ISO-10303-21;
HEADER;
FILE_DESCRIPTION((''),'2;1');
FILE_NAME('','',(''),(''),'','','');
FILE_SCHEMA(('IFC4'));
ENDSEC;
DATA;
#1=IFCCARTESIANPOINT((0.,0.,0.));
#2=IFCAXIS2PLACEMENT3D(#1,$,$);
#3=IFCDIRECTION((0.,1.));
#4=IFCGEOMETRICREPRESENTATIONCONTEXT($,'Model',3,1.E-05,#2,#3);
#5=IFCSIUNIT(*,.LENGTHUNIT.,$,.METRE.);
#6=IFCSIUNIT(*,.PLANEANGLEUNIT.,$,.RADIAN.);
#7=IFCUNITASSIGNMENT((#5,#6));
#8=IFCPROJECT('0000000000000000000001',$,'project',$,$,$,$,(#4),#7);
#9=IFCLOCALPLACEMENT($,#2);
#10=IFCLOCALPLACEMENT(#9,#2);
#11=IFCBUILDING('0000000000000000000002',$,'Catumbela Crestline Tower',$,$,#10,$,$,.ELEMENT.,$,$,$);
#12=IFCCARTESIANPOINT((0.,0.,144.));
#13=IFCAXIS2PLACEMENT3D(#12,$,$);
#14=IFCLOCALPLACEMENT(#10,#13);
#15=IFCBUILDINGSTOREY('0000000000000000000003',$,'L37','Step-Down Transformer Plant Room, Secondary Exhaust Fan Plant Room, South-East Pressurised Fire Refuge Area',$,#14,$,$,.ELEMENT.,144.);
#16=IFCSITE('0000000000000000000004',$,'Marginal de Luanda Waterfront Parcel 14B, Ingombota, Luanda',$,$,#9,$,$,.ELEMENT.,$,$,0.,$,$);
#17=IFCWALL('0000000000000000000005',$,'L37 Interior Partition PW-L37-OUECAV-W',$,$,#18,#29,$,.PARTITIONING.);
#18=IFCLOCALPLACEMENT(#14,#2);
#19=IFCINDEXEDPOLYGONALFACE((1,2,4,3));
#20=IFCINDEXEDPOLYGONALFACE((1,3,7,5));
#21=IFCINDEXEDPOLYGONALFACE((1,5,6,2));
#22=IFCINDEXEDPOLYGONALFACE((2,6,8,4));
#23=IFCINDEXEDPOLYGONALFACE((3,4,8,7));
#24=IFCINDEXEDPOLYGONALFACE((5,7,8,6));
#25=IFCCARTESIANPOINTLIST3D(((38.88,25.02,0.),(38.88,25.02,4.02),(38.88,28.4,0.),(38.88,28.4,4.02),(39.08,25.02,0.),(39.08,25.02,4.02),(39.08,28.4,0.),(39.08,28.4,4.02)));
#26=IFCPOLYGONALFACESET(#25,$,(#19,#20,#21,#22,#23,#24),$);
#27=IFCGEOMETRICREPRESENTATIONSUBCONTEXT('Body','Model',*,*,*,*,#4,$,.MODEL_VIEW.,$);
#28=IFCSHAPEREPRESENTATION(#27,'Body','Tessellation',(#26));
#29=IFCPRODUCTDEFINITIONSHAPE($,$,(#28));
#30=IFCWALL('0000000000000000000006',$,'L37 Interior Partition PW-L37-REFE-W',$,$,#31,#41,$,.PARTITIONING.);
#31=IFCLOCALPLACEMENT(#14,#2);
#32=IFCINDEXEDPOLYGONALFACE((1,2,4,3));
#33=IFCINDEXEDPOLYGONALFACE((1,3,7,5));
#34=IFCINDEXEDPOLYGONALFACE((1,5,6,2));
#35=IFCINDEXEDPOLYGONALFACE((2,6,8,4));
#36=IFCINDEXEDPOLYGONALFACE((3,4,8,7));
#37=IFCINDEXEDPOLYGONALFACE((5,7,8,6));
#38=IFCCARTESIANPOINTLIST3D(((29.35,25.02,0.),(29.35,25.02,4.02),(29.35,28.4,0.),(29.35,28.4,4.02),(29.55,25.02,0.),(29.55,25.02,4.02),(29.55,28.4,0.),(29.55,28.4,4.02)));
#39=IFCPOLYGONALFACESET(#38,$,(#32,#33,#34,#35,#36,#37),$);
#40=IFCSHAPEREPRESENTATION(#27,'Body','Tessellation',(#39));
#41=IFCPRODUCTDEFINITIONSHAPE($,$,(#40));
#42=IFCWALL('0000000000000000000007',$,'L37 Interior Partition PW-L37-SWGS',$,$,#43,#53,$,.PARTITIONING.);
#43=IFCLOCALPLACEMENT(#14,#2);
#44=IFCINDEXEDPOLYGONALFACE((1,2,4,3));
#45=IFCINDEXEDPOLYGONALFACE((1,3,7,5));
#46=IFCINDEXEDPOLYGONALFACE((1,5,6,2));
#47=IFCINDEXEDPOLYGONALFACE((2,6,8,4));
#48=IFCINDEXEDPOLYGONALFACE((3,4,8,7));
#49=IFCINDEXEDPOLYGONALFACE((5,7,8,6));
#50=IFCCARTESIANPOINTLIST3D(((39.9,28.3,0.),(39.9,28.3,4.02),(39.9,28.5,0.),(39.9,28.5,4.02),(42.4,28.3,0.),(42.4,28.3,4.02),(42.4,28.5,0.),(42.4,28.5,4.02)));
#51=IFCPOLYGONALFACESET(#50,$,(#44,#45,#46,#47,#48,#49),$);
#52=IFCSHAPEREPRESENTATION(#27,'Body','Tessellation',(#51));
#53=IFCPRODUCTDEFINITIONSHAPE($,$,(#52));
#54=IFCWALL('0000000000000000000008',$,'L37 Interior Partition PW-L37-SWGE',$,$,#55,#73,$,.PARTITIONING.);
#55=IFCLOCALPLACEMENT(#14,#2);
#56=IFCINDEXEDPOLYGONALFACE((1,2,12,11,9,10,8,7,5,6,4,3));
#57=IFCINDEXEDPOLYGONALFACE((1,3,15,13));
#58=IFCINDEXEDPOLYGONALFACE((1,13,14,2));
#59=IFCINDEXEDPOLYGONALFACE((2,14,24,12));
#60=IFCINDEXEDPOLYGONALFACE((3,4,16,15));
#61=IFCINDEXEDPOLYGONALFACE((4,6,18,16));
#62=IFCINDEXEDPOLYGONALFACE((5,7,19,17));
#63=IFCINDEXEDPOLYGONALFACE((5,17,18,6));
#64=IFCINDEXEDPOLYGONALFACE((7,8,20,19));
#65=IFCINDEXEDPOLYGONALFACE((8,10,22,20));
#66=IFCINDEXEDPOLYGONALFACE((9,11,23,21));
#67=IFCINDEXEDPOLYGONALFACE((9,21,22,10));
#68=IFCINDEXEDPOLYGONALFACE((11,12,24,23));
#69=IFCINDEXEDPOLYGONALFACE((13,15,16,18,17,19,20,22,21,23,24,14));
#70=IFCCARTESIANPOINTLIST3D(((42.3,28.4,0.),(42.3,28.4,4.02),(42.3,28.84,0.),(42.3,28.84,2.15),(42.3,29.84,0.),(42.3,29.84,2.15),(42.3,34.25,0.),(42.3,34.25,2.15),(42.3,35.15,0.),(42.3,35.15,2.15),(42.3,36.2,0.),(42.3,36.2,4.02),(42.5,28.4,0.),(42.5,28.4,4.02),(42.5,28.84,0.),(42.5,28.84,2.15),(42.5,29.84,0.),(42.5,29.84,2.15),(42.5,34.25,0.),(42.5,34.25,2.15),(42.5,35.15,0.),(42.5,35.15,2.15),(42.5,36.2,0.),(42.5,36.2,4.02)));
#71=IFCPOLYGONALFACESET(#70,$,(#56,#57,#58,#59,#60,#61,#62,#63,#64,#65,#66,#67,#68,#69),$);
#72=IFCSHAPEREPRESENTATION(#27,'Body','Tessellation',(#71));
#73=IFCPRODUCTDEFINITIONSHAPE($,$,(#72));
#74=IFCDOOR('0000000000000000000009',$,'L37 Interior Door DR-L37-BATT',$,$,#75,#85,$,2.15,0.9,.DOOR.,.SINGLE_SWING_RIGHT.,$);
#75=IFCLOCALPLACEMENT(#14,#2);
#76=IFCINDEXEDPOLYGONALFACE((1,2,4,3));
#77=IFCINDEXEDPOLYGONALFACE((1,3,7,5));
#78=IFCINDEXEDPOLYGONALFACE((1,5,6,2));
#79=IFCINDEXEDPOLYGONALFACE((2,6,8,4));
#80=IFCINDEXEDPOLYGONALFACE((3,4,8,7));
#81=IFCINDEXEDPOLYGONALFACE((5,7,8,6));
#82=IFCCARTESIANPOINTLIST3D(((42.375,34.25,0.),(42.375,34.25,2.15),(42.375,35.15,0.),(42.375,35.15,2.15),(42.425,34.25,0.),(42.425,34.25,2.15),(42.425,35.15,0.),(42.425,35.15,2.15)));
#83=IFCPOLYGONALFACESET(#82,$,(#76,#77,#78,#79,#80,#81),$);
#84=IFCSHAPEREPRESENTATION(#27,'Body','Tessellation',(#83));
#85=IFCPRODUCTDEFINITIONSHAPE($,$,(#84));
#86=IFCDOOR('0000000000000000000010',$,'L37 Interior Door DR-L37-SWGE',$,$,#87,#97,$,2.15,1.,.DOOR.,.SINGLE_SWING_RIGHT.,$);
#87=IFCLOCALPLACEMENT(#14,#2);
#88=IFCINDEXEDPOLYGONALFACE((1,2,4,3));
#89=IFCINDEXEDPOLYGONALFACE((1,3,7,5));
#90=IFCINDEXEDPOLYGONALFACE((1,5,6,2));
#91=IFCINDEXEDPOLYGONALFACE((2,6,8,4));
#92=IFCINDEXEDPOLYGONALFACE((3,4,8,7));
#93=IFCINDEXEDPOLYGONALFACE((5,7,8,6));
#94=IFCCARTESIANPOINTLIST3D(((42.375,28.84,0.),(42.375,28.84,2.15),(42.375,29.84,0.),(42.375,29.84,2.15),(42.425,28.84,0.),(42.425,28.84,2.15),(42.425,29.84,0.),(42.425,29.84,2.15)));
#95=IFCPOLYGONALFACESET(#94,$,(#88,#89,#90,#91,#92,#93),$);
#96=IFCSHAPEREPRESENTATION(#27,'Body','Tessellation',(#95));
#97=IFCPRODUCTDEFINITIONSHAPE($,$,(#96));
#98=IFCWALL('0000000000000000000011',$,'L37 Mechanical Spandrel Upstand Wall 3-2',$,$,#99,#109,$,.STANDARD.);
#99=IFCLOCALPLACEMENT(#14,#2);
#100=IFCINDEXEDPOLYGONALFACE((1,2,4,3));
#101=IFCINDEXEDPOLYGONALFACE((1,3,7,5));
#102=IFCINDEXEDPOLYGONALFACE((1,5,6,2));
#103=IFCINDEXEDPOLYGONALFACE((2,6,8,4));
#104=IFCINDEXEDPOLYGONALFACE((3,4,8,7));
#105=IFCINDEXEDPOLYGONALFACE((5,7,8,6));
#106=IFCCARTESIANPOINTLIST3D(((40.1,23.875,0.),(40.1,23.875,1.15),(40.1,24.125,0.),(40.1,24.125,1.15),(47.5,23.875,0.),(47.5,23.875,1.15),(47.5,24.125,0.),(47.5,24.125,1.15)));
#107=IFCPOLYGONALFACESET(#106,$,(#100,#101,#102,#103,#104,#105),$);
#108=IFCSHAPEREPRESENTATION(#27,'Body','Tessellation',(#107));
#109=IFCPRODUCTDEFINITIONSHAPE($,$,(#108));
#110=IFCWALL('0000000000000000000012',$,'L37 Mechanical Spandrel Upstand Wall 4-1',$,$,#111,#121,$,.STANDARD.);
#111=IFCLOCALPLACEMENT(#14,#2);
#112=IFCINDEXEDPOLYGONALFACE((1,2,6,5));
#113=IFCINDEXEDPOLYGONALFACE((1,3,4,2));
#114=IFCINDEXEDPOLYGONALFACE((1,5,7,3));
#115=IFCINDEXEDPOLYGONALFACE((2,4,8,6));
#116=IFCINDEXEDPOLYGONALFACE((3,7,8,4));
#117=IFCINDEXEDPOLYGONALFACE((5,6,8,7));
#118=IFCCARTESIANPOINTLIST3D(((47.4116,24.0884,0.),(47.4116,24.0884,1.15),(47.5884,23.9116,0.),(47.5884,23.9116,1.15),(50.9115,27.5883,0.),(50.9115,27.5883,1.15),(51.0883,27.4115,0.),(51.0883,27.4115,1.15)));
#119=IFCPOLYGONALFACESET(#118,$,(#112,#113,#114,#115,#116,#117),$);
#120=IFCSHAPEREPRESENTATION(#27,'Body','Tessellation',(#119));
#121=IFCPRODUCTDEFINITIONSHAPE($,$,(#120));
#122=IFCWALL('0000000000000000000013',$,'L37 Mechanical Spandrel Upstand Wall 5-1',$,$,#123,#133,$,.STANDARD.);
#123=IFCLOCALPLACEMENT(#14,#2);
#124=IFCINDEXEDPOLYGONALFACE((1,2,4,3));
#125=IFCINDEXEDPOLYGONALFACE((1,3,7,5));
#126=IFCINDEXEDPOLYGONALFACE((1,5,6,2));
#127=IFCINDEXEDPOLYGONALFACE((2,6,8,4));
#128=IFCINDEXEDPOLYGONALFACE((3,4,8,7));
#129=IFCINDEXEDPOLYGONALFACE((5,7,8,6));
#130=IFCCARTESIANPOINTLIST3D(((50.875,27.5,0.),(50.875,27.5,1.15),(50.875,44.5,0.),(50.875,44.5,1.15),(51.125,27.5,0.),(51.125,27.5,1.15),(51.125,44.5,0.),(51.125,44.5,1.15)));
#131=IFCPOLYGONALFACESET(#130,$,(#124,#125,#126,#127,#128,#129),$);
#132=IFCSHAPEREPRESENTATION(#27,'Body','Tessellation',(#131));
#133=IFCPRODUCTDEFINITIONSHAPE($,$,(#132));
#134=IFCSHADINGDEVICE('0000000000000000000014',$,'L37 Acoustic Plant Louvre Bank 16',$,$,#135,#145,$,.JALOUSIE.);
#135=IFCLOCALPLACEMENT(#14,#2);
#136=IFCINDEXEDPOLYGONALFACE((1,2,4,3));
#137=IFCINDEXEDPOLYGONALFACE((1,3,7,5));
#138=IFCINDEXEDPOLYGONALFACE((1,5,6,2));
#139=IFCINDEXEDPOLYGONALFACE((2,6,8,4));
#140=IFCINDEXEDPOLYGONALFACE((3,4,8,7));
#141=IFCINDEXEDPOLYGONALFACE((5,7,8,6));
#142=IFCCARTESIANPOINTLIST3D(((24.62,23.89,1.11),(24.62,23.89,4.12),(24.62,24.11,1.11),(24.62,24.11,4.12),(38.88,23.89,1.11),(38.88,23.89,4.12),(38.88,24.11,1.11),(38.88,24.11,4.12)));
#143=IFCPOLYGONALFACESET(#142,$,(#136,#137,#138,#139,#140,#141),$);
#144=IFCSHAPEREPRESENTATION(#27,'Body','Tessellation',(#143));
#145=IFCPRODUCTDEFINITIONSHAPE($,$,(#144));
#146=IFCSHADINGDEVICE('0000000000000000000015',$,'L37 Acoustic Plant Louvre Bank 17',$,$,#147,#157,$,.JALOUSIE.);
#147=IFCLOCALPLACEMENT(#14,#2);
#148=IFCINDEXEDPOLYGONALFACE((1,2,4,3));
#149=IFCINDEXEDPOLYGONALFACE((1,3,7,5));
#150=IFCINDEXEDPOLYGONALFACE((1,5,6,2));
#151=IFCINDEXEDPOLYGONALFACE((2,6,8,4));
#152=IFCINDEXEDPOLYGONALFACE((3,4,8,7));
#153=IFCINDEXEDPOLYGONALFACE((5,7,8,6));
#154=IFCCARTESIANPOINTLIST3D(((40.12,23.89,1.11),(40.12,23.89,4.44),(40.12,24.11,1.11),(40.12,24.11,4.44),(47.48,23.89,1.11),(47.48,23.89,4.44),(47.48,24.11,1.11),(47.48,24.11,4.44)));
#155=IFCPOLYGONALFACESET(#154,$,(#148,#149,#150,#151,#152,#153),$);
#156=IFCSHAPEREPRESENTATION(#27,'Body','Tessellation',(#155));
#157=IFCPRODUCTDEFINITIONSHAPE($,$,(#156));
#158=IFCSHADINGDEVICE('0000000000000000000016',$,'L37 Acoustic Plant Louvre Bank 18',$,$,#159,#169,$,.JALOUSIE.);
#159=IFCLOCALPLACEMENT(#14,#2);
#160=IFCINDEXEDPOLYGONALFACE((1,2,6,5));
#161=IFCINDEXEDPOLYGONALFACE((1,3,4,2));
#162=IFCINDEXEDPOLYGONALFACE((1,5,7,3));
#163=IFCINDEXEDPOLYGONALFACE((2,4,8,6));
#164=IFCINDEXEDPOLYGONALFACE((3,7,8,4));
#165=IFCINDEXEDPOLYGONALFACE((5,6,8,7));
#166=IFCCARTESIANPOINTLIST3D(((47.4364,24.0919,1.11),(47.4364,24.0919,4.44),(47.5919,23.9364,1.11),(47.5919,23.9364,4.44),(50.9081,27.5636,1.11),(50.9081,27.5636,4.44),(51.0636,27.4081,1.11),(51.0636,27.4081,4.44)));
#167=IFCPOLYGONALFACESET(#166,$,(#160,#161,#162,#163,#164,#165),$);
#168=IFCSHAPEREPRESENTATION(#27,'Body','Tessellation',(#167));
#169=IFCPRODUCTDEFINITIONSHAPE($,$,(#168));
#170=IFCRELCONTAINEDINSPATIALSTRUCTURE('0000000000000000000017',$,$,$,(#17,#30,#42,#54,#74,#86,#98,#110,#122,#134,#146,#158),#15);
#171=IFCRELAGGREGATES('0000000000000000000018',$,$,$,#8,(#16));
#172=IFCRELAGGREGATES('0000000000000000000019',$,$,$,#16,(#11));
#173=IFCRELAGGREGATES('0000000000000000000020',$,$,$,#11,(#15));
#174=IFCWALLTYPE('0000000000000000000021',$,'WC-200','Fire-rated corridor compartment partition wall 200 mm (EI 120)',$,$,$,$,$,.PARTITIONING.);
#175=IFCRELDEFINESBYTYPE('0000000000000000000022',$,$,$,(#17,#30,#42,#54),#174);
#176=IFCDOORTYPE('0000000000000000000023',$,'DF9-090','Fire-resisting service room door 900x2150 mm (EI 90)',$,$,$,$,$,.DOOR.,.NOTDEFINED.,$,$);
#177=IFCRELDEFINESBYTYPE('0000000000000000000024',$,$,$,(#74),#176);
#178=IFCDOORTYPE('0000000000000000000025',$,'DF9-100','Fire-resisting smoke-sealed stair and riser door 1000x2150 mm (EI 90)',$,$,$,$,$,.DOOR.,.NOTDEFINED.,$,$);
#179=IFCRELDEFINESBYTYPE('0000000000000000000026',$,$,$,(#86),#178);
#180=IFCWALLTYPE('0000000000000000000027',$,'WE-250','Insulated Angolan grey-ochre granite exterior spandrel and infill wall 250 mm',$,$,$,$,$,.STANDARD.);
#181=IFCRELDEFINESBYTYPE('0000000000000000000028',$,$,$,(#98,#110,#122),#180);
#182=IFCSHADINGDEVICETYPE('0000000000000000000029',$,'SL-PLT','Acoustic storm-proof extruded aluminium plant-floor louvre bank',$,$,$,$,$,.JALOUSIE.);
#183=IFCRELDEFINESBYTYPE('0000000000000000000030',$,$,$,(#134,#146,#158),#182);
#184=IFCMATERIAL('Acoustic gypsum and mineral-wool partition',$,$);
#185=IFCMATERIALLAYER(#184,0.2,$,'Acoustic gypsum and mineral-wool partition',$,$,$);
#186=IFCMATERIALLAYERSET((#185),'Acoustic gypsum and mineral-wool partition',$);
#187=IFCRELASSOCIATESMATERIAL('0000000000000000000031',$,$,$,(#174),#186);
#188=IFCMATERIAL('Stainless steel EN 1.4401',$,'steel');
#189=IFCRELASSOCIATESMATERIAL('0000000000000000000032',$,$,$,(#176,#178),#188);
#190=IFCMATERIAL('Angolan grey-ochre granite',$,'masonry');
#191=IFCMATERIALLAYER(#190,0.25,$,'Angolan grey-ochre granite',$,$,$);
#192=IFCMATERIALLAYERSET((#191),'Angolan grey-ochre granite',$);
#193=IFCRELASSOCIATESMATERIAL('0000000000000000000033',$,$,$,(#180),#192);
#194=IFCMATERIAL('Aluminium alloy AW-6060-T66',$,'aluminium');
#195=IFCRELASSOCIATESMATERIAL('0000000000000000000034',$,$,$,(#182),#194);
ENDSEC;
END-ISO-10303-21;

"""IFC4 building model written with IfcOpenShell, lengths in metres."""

from ifc_helpers import new_model, si_unit, direction, frame, frame_2d, origin, origin_2d, place, context, subcontext, project, spatial, rectangle, extrude, material, layer, layer_set, type_object, element, fill, save


model = new_model("IFC4")

# Units and contexts
model_context = context("Model", 3, precision=1e-05, world=origin(), true_north=direction((0.0, 1.0)))
body_context = subcontext(model_context, "Body", "Model", "MODEL_VIEW")
ifc_project = project(units=[si_unit("LENGTHUNIT", "METRE"), si_unit("PLANEANGLEUNIT", "RADIAN")], contexts=[model_context])

# Site, building, storey
site_placement = place(None, origin())
site = spatial("IfcSite", under=ifc_project, at=site_placement, Name="Marginal de Luanda Waterfront Parcel 14B, Ingombota, Luanda", CompositionType="ELEMENT", RefElevation=0.0)
building_placement = place(site_placement, origin())
building = spatial("IfcBuilding", under=site, at=building_placement, Name="Catumbela Crestline Tower", CompositionType="ELEMENT")
storey_placement = place(building_placement, frame((0.0, 0.0, 144.0)))
storey = spatial("IfcBuildingStorey", under=building, at=storey_placement, Name="L37", Description="Step-Down Transformer Plant Room, Secondary Exhaust Fan Plant Room, South-East Pressurised Fire Refuge Area", CompositionType="ELEMENT", Elevation=144.0)

# Walls
ifc_material_1 = material(Name="Acoustic gypsum and mineral-wool partition")
ifc_layer_1 = layer(ifc_material_1, 0.2, Name="Acoustic gypsum and mineral-wool partition")
ifc_layer_set_1 = layer_set([ifc_layer_1], Name="Acoustic gypsum and mineral-wool partition")
wall_type_1 = type_object("IfcWallType", Name="WC-200", Description="Fire-rated corridor compartment partition wall 200 mm (EI 120)", PredefinedType="PARTITIONING", material=ifc_layer_set_1)
for number, where, z_axis, x_axis, name in (
    (1, (38.98, 25.02, 0.0), (0.0, 0.0, 1.0), (0.0, 1.0, 0.0), "L37 Interior Partition PW-L37-OUECAV-W"),
    (2, (29.45, 25.02, 0.0), (0.0, 0.0, 1.0), (0.0, 1.0, 0.0), "L37 Interior Partition PW-L37-REFE-W"),
):
    element("IfcWall", number, at=place(storey_placement, frame(where, z_axis=z_axis, x_axis=x_axis)), inside=storey, type_object=wall_type_1, Name=name, PredefinedType="PARTITIONING", context=body_context, shape_type="SweptSolid", body=[
        extrude(rectangle(XDim=3.38, YDim=0.2, at=frame_2d((1.69, 0.0))), origin(), (0.0, 0.0, 1.0), 4.02),
    ])
wall_1_placement = place(storey_placement, frame((39.9, 28.4, 0.0), z_axis=(0.0, 0.0, 1.0), x_axis=(1.0, 0.0, 0.0)))
element("IfcWall", 3, at=wall_1_placement, inside=storey, type_object=wall_type_1, Name="L37 Interior Partition PW-L37-SWGS", PredefinedType="PARTITIONING", context=body_context, shape_type="SweptSolid", body=[
    extrude(rectangle(XDim=2.5, YDim=0.2, at=frame_2d((1.25, 0.0))), origin(), (0.0, 0.0, 1.0), 4.02),
])

# Wall, openings, doors
wall_2_placement = place(storey_placement, frame((42.4, 28.4, 0.0), z_axis=(0.0, 0.0, 1.0), x_axis=(0.0, 1.0, 0.0)))
wall_2 = element("IfcWall", 4, at=wall_2_placement, inside=storey, type_object=wall_type_1, Name="L37 Interior Partition PW-L37-SWGE", PredefinedType="PARTITIONING", context=body_context, shape_type="SweptSolid", body=[
    extrude(rectangle(XDim=7.8, YDim=0.2, at=frame_2d((3.9, 0.0))), origin(), (0.0, 0.0, 1.0), 4.02),
])
opening_1_placement = place(wall_2_placement, frame((0.44, 0.0, 0.0)))
opening_1 = element("IfcOpeningElement", 5, at=opening_1_placement, cuts=wall_2, PredefinedType="OPENING", context=body_context, shape_type="SweptSolid", body=[
    extrude(rectangle(XDim=1.0, YDim=2.15, at=frame_2d((0.5, 1.075))), frame((0.0, 0.11, 0.0), z_axis=(0.0, -1.0, 0.0), x_axis=(1.0, 0.0, 0.0)), (0.0, 0.0, 1.0), 0.22),
])
opening_2_placement = place(wall_2_placement, frame((5.85, 0.0, 0.0)))
opening_2 = element("IfcOpeningElement", 6, at=opening_2_placement, cuts=wall_2, PredefinedType="OPENING", context=body_context, shape_type="SweptSolid", body=[
    extrude(rectangle(XDim=0.9, YDim=2.15, at=frame_2d((0.45, 1.075))), frame((0.0, 0.11, 0.0), z_axis=(0.0, -1.0, 0.0), x_axis=(1.0, 0.0, 0.0)), (0.0, 0.0, 1.0), 0.22),
])
ifc_material_2 = material(Name="Stainless steel EN 1.4401", Category="steel")
door_type_1 = type_object("IfcDoorType", Name="DF9-090", Description="Fire-resisting service room door 900x2150 mm (EI 90)", OperationType="NOTDEFINED", PredefinedType="DOOR", material=ifc_material_2)
door_1_placement = place(opening_2_placement, origin())
door_1 = element("IfcDoor", 7, at=door_1_placement, inside=storey, type_object=door_type_1, Name="L37 Interior Door DR-L37-BATT", OperationType="SINGLE_SWING_RIGHT", OverallHeight=2.15, OverallWidth=0.9, PredefinedType="DOOR", context=body_context, shape_type="SweptSolid", body=[
    extrude(rectangle(XDim=0.9, YDim=2.15, at=frame_2d((0.45, 1.075))), frame((0.0, 0.025, 0.0), z_axis=(0.0, -1.0, 0.0), x_axis=(1.0, 0.0, 0.0)), (0.0, 0.0, 1.0), 0.05),
])
fill(opening_2, door_1)
door_type_2 = type_object("IfcDoorType", Name="DF9-100", Description="Fire-resisting smoke-sealed stair and riser door 1000x2150 mm (EI 90)", OperationType="NOTDEFINED", PredefinedType="DOOR", material=ifc_material_2)
door_2_placement = place(opening_1_placement, origin())
door_2 = element("IfcDoor", 8, at=door_2_placement, inside=storey, type_object=door_type_2, Name="L37 Interior Door DR-L37-SWGE", OperationType="SINGLE_SWING_RIGHT", OverallHeight=2.15, OverallWidth=1.0, PredefinedType="DOOR", context=body_context, shape_type="SweptSolid", body=[
    extrude(rectangle(XDim=1.0, YDim=2.15, at=frame_2d((0.5, 1.075))), frame((0.0, 0.025, 0.0), z_axis=(0.0, -1.0, 0.0), x_axis=(1.0, 0.0, 0.0)), (0.0, 0.0, 1.0), 0.05),
])
fill(opening_1, door_2)

# Walls
ifc_material_3 = material(Name="Angolan grey-ochre granite", Category="masonry")
ifc_layer_2 = layer(ifc_material_3, 0.25, Name="Angolan grey-ochre granite")
ifc_layer_set_2 = layer_set([ifc_layer_2], Name="Angolan grey-ochre granite")
wall_type_2 = type_object("IfcWallType", Name="WE-250", Description="Insulated Angolan grey-ochre granite exterior spandrel and infill wall 250 mm", PredefinedType="STANDARD", material=ifc_layer_set_2)
wall_3_placement = place(storey_placement, frame((40.1, 24.0, 0.0), z_axis=(0.0, 0.0, 1.0), x_axis=(1.0, 0.0, 0.0)))
element("IfcWall", 9, at=wall_3_placement, inside=storey, type_object=wall_type_2, Name="L37 Mechanical Spandrel Upstand Wall 3-2", PredefinedType="STANDARD", context=body_context, shape_type="SweptSolid", body=[
    extrude(rectangle(XDim=7.4, YDim=0.25, at=frame_2d((3.7, 0.0))), origin(), (0.0, 0.0, 1.0), 1.15),
])
wall_4_placement = place(storey_placement, frame((47.5, 24.0, 0.0), z_axis=(0.0, 0.0, 1.0), x_axis=(0.707107, 0.707107, 0.0)))
element("IfcWall", 10, at=wall_4_placement, inside=storey, type_object=wall_type_2, Name="L37 Mechanical Spandrel Upstand Wall 4-1", PredefinedType="STANDARD", context=body_context, shape_type="SweptSolid", body=[
    extrude(rectangle(XDim=4.9497, YDim=0.25, at=frame_2d((2.4748, 0.0))), origin(), (0.0, 0.0, 1.0), 1.15),
])
wall_5_placement = place(storey_placement, frame((51.0, 27.5, 0.0), z_axis=(0.0, 0.0, 1.0), x_axis=(0.0, 1.0, 0.0)))
element("IfcWall", 11, at=wall_5_placement, inside=storey, type_object=wall_type_2, Name="L37 Mechanical Spandrel Upstand Wall 5-1", PredefinedType="STANDARD", context=body_context, shape_type="SweptSolid", body=[
    extrude(rectangle(XDim=17.0, YDim=0.25, at=frame_2d((8.5, 0.0))), origin(), (0.0, 0.0, 1.0), 1.15),
])

# Shading devices
ifc_material_4 = material(Name="Aluminium alloy AW-6060-T66", Category="aluminium")
shading_device_type = type_object("IfcShadingDeviceType", Name="SL-PLT", Description="Acoustic storm-proof extruded aluminium plant-floor louvre bank", PredefinedType="JALOUSIE", material=ifc_material_4)
shading_device_1_placement = place(storey_placement, frame((31.75, 24.0, 1.11), z_axis=(0.0, 0.0, 1.0), x_axis=(1.0, 0.0, 0.0)))
element("IfcShadingDevice", 12, at=shading_device_1_placement, inside=storey, type_object=shading_device_type, Name="L37 Acoustic Plant Louvre Bank 16", PredefinedType="JALOUSIE", context=body_context, shape_type="SweptSolid", body=[
    extrude(rectangle(XDim=14.26, YDim=0.22, at=origin_2d()), origin(), (0.0, 0.0, 1.0), 3.01),
])
shading_device_2_placement = place(storey_placement, frame((43.8, 24.0, 1.11), z_axis=(0.0, 0.0, 1.0), x_axis=(1.0, 0.0, 0.0)))
element("IfcShadingDevice", 13, at=shading_device_2_placement, inside=storey, type_object=shading_device_type, Name="L37 Acoustic Plant Louvre Bank 17", PredefinedType="JALOUSIE", context=body_context, shape_type="SweptSolid", body=[
    extrude(rectangle(XDim=7.36, YDim=0.22, at=origin_2d()), origin(), (0.0, 0.0, 1.0), 3.33),
])
shading_device_3_placement = place(storey_placement, frame((49.25, 25.75, 1.11), z_axis=(0.0, 0.0, 1.0), x_axis=(0.707107, 0.707107, 0.0)))
element("IfcShadingDevice", 14, at=shading_device_3_placement, inside=storey, type_object=shading_device_type, Name="L37 Acoustic Plant Louvre Bank 18", PredefinedType="JALOUSIE", context=body_context, shape_type="SweptSolid", body=[
    extrude(rectangle(XDim=4.9097, YDim=0.22, at=origin_2d()), origin(), (0.0, 0.0, 1.0), 3.33),
])

save(model, "model.ifc")
